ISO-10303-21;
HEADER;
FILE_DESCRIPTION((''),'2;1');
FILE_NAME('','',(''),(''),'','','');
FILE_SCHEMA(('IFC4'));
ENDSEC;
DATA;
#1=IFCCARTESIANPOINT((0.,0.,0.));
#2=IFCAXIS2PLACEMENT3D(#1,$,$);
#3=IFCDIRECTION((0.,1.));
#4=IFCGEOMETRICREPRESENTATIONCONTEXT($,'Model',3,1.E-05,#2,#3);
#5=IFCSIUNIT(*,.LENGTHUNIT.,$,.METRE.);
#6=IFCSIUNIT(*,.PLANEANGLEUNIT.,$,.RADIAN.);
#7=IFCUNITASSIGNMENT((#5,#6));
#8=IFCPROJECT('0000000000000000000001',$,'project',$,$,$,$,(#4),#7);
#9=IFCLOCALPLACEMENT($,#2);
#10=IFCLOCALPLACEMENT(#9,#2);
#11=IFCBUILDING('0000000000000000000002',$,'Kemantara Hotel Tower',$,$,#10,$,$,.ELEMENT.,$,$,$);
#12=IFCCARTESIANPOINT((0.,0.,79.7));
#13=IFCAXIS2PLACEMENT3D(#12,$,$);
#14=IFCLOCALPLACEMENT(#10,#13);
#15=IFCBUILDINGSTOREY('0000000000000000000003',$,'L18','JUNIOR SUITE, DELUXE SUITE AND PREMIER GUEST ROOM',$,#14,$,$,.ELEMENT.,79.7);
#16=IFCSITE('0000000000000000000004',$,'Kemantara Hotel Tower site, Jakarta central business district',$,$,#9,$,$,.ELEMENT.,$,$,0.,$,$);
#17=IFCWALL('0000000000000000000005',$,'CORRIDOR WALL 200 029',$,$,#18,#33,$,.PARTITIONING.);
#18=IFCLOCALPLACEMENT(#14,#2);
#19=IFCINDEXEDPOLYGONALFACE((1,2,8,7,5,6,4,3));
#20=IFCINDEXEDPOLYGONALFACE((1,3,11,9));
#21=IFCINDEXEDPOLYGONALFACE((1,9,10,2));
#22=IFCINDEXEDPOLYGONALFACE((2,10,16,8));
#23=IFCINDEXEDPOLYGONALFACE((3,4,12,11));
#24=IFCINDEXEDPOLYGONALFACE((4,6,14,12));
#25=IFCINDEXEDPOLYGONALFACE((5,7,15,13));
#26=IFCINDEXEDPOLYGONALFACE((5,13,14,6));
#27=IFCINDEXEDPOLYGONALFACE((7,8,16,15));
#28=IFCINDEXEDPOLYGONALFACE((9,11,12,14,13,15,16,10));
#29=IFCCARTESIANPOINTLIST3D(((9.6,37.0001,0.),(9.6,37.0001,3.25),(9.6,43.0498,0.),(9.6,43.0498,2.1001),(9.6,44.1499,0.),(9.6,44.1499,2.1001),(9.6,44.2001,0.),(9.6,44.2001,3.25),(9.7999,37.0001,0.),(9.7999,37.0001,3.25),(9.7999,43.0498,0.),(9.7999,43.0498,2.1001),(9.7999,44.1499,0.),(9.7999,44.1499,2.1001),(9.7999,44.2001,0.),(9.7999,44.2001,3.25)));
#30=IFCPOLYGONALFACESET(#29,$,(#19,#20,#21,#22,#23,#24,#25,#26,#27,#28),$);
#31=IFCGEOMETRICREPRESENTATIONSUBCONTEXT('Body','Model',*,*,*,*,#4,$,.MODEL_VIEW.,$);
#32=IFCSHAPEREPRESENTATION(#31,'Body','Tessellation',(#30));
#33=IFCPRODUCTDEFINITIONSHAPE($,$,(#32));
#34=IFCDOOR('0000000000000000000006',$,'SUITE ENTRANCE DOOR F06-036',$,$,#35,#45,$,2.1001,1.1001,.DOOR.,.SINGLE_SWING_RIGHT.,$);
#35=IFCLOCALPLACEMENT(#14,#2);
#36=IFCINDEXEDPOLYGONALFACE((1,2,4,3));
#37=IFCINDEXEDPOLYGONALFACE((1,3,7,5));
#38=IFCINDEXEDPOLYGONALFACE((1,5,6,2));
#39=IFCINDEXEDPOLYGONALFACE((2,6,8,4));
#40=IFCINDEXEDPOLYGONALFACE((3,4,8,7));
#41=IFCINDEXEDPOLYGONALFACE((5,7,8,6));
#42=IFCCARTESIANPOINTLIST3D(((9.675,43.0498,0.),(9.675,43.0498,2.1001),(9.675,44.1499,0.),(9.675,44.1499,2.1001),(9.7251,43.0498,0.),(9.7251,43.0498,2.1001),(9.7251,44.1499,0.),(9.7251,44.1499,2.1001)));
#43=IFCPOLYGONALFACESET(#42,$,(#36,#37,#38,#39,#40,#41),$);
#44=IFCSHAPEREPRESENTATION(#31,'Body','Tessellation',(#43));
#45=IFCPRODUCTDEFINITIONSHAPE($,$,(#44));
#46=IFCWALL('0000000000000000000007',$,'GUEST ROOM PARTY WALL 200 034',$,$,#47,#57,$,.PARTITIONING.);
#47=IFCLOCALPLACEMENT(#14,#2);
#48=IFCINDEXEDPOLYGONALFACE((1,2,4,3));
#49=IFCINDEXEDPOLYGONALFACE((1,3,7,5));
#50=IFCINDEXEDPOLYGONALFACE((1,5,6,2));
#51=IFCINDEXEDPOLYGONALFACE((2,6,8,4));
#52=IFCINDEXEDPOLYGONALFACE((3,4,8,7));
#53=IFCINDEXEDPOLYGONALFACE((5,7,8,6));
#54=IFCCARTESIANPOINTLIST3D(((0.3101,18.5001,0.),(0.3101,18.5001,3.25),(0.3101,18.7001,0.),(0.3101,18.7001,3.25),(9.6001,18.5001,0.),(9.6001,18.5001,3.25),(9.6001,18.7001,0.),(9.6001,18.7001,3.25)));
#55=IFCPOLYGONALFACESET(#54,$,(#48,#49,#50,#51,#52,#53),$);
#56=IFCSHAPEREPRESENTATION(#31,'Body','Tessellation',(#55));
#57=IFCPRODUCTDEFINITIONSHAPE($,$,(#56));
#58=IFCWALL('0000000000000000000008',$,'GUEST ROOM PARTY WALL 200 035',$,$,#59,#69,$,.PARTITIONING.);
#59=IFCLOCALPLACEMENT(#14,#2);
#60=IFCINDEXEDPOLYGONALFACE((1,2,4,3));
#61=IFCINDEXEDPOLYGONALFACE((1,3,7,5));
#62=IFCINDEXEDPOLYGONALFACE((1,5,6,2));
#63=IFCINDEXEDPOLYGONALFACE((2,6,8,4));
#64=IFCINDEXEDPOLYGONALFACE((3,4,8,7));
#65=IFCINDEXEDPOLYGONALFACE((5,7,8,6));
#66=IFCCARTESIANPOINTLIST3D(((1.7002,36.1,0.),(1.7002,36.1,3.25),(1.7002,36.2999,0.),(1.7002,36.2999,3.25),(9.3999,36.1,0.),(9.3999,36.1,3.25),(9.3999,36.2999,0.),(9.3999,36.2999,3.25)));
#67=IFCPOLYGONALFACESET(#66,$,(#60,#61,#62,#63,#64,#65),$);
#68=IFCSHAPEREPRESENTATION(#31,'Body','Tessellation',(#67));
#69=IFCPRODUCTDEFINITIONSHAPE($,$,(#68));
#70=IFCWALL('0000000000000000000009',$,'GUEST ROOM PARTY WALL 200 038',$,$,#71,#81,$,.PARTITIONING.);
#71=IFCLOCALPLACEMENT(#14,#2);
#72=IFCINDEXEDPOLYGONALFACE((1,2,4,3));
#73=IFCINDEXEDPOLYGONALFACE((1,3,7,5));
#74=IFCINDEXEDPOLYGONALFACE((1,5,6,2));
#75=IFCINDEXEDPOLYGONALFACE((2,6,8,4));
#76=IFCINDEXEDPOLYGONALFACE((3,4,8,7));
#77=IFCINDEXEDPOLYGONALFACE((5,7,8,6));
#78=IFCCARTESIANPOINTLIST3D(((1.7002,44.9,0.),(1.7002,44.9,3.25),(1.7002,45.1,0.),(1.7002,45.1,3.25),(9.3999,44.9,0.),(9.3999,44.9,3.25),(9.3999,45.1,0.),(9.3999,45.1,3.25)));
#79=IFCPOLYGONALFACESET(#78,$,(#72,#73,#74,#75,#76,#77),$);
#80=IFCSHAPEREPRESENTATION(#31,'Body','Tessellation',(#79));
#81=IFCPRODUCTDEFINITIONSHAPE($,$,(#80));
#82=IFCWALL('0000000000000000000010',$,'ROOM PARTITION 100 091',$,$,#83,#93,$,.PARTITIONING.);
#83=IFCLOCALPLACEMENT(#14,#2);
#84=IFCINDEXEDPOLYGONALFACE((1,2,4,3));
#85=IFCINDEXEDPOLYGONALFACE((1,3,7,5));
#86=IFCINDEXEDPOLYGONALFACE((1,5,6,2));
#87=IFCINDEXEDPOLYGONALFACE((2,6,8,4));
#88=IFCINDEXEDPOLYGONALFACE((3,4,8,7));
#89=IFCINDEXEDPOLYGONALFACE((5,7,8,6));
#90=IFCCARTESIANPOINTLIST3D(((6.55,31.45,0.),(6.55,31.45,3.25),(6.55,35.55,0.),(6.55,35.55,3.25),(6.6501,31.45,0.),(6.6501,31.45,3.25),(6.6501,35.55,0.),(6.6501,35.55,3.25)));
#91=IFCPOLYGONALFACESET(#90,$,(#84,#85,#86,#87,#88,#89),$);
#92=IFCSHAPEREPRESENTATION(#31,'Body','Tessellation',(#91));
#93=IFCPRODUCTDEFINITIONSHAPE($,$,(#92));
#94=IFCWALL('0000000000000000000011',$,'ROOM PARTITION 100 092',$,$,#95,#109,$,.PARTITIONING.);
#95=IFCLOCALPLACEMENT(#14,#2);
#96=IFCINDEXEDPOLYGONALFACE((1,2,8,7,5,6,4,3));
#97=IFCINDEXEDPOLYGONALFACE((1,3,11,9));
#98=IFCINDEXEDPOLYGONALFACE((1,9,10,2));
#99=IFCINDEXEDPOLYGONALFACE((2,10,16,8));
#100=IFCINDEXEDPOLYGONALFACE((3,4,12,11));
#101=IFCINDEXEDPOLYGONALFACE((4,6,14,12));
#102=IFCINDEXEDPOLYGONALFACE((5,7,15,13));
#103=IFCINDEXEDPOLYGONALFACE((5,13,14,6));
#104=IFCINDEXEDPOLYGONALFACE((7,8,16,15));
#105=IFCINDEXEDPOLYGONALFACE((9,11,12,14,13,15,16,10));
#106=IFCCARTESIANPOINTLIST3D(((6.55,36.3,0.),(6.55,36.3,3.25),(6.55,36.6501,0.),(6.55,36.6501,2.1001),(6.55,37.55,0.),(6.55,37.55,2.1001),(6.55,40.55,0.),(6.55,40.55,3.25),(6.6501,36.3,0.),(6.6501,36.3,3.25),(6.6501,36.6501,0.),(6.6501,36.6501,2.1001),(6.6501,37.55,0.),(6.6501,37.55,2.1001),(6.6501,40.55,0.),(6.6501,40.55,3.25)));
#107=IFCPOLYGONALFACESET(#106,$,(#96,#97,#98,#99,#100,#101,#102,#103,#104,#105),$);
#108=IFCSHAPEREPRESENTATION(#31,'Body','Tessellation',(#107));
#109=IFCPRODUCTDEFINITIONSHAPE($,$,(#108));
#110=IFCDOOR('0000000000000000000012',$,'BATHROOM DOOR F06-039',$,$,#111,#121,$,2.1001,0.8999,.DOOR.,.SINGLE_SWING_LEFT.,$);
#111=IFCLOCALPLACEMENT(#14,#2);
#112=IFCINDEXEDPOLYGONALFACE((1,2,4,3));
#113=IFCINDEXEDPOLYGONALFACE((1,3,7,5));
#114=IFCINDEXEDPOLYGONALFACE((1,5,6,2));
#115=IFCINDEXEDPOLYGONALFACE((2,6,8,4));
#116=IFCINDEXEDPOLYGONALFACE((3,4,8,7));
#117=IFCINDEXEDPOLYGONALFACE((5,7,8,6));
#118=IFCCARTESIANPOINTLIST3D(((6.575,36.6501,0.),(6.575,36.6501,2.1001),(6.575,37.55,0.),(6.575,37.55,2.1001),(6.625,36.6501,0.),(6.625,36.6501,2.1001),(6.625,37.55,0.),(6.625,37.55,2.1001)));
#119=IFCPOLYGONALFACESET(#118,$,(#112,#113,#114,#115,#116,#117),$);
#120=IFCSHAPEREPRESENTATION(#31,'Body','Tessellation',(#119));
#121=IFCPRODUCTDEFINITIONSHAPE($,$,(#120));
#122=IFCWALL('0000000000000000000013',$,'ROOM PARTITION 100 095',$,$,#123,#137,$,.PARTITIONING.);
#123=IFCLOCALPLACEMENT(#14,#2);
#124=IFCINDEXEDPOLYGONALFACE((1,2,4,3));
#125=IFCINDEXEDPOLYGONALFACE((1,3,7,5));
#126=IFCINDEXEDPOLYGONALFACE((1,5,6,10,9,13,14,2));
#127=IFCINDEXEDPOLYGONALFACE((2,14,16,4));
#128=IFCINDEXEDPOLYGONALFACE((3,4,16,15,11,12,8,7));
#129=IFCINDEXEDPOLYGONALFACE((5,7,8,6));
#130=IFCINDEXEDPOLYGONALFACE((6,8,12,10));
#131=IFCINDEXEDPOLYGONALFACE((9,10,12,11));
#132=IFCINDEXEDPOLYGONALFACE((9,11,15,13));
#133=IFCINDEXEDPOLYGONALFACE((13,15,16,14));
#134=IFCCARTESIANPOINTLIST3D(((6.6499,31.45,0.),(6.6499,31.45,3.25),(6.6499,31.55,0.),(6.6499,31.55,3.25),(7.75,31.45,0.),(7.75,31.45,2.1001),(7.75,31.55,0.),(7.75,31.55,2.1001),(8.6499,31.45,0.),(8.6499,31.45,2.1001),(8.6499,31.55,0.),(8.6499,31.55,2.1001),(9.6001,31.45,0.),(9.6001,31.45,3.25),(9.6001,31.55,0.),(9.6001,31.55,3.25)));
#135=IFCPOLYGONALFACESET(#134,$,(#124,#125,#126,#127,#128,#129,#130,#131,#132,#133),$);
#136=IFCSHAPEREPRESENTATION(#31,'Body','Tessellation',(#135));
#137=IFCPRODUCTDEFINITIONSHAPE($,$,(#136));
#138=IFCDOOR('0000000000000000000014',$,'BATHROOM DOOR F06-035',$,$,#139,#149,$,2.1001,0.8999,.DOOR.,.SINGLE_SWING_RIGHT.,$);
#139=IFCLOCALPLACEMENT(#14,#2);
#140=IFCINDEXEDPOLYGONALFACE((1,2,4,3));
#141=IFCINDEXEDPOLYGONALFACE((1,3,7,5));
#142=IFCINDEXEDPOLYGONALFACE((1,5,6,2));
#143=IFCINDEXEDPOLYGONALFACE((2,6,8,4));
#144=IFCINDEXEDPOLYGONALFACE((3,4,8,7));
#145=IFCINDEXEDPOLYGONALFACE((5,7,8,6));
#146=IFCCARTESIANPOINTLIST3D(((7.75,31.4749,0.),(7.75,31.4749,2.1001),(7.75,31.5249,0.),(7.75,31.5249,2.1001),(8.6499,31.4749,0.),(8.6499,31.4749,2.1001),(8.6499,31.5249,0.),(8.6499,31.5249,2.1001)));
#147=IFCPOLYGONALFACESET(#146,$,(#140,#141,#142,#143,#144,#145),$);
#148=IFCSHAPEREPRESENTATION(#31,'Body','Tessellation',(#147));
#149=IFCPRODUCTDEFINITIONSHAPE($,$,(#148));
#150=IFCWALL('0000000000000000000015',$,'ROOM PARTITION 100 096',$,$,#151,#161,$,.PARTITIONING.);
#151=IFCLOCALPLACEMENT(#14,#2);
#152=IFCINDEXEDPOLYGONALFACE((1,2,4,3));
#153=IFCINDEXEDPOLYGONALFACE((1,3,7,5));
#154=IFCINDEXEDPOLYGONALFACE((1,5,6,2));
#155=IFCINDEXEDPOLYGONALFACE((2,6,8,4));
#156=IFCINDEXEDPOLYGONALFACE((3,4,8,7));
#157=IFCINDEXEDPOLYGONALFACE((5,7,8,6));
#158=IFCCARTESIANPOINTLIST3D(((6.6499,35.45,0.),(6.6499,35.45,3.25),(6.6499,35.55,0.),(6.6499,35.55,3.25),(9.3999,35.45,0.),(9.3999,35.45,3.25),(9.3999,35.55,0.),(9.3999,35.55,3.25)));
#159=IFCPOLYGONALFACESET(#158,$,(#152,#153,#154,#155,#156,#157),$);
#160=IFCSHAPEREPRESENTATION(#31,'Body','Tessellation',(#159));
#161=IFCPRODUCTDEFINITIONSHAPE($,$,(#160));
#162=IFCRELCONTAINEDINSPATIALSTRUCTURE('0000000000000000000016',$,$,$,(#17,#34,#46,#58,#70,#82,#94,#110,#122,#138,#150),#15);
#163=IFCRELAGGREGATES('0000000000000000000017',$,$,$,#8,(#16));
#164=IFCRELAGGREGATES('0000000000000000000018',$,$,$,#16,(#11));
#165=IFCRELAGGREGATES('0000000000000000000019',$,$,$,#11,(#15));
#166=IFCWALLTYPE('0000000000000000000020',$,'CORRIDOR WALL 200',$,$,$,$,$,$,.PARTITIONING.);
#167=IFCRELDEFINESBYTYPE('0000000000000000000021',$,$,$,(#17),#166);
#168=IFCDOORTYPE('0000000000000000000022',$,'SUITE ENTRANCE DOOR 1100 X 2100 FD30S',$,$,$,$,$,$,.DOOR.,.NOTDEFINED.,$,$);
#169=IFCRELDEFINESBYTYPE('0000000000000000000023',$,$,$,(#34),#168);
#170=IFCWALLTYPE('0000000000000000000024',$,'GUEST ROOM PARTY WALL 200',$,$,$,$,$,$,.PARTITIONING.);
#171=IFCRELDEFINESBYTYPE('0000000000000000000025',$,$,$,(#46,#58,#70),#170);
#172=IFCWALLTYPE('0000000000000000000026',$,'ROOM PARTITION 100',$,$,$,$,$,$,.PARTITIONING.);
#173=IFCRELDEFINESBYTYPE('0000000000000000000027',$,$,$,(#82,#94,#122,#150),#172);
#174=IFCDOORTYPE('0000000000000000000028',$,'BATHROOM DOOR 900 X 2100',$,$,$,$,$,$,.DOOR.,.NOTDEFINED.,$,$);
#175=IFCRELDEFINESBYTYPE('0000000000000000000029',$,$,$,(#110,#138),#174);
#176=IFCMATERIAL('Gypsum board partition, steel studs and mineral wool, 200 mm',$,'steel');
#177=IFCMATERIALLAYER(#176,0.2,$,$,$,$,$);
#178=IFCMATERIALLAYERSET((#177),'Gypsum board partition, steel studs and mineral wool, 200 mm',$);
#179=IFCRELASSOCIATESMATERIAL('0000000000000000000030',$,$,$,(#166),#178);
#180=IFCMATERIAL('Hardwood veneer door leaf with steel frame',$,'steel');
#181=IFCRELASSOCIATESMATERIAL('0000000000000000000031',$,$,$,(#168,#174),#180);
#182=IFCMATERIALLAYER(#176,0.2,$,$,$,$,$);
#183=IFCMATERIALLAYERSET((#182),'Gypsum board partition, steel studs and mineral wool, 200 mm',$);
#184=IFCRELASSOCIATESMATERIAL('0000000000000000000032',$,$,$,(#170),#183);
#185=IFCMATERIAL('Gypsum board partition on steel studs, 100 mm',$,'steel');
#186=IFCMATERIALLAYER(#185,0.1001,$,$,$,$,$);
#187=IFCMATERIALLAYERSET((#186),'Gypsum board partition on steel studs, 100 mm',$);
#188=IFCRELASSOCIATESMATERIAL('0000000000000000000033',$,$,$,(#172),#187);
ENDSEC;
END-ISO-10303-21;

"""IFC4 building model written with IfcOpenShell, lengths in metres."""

from ifc_helpers import new_model, si_unit, direction, frame, frame_2d, origin, place, context, subcontext, project, spatial, rectangle, extrude, material, layer, layer_set, type_object, element, fill, save


model = new_model("IFC4")

# Units and contexts
model_context = context("Model", 3, precision=1e-05, world=origin(), true_north=direction((0.0, 1.0)))
body_context = subcontext(model_context, "Body", "Model", "MODEL_VIEW")
ifc_project = project(units=[si_unit("LENGTHUNIT", "METRE"), si_unit("PLANEANGLEUNIT", "RADIAN")], contexts=[model_context])

# Site, building, storey
site_placement = place(None, origin())
site = spatial("IfcSite", under=ifc_project, at=site_placement, Name="Kemantara Hotel Tower site, Jakarta central business district", CompositionType="ELEMENT", RefElevation=0.0)
building_placement = place(site_placement, origin())
building = spatial("IfcBuilding", under=site, at=building_placement, Name="Kemantara Hotel Tower", CompositionType="ELEMENT")
storey_placement = place(building_placement, frame((0.0, 0.0, 79.7)))
storey = spatial("IfcBuildingStorey", under=building, at=storey_placement, Name="L18", Description="JUNIOR SUITE, DELUXE SUITE AND PREMIER GUEST ROOM", CompositionType="ELEMENT", Elevation=79.7)

# Shared definitions
ifc_material_1 = material(Name="Gypsum board partition, steel studs and mineral wool, 200 mm", Category="steel")
ifc_layer_1 = layer(ifc_material_1, 0.2)
ifc_layer_set_1 = layer_set([ifc_layer_1], Name="Gypsum board partition, steel studs and mineral wool, 200 mm")
wall_type_1 = type_object("IfcWallType", Name="CORRIDOR WALL 200", PredefinedType="PARTITIONING", material=ifc_layer_set_1)
ifc_material_2 = material(Name="Hardwood veneer door leaf with steel frame", Category="steel")
door_type_1 = type_object("IfcDoorType", Name="SUITE ENTRANCE DOOR 1100 X 2100 FD30S", OperationType="NOTDEFINED", PredefinedType="DOOR", material=ifc_material_2)

# Wall, opening, door
wall_1_placement = place(storey_placement, frame((9.7, 37.0, 0.0), z_axis=(0.0, 0.0, 1.0), x_axis=(0.0, 1.0, 0.0)))
wall_1 = element("IfcWall", 1, at=wall_1_placement, inside=storey, type_object=wall_type_1, Name="CORRIDOR WALL 200 029", PredefinedType="PARTITIONING", context=body_context, shape_type="SweptSolid", body=[
    extrude(rectangle(XDim=7.2, YDim=0.2, at=frame_2d((3.6001, 0.0))), origin(), (0.0, 0.0, 1.0), 3.25),
])
opening_1_placement = place(wall_1_placement, frame((6.0498, 0.0, 0.0)))
opening_1 = element("IfcOpeningElement", 2, at=opening_1_placement, cuts=wall_1, PredefinedType="OPENING", context=body_context, shape_type="SweptSolid", body=[
    extrude(rectangle(XDim=1.1001, YDim=2.1001, at=frame_2d((0.55, 1.05))), frame((0.0, 0.1099, 0.0), z_axis=(0.0, -1.0, 0.0), x_axis=(1.0, 0.0, 0.0)), (0.0, 0.0, 1.0), 0.22),
])
door_1_placement = place(opening_1_placement, origin())
door_1 = element("IfcDoor", 3, at=door_1_placement, inside=storey, type_object=door_type_1, Name="SUITE ENTRANCE DOOR F06-036", OperationType="SINGLE_SWING_RIGHT", OverallHeight=2.1001, OverallWidth=1.1001, PredefinedType="DOOR", context=body_context, shape_type="SweptSolid", body=[
    extrude(rectangle(XDim=1.1001, YDim=2.1001, at=frame_2d((0.55, 1.05))), frame((0.0, 0.0249, 0.0), z_axis=(0.0, -1.0, 0.0), x_axis=(1.0, 0.0, 0.0)), (0.0, 0.0, 1.0), 0.05),
])
fill(opening_1, door_1)

# Walls
ifc_layer_2 = layer(ifc_material_1, 0.2)
ifc_layer_set_2 = layer_set([ifc_layer_2], Name="Gypsum board partition, steel studs and mineral wool, 200 mm")
wall_type_2 = type_object("IfcWallType", Name="GUEST ROOM PARTY WALL 200", PredefinedType="PARTITIONING", material=ifc_layer_set_2)
wall_2_placement = place(storey_placement, frame((0.3101, 18.6001, 0.0), z_axis=(0.0, 0.0, 1.0), x_axis=(1.0, 0.0, 0.0)))
element("IfcWall", 4, at=wall_2_placement, inside=storey, type_object=wall_type_2, Name="GUEST ROOM PARTY WALL 200 034", PredefinedType="PARTITIONING", context=body_context, shape_type="SweptSolid", body=[
    extrude(rectangle(XDim=9.29, YDim=0.2, at=frame_2d((4.645, 0.0))), origin(), (0.0, 0.0, 1.0), 3.25),
])
for number, where, z_axis, x_axis, name in (
    (5, (1.7002, 36.2, 0.0), (0.0, 0.0, 1.0), (1.0, 0.0, 0.0), "GUEST ROOM PARTY WALL 200 035"),
    (6, (1.7002, 45.0, 0.0), (0.0, 0.0, 1.0), (1.0, 0.0, 0.0), "GUEST ROOM PARTY WALL 200 038"),
):
    element("IfcWall", number, at=place(storey_placement, frame(where, z_axis=z_axis, x_axis=x_axis)), inside=storey, type_object=wall_type_2, Name=name, PredefinedType="PARTITIONING", context=body_context, shape_type="SweptSolid", body=[
        extrude(rectangle(XDim=7.6997, YDim=0.2, at=frame_2d((3.8499, 0.0))), origin(), (0.0, 0.0, 1.0), 3.25),
    ])
ifc_material_3 = material(Name="Gypsum board partition on steel studs, 100 mm", Category="steel")
ifc_layer_3 = layer(ifc_material_3, 0.1001)
ifc_layer_set_3 = layer_set([ifc_layer_3], Name="Gypsum board partition on steel studs, 100 mm")
wall_type_3 = type_object("IfcWallType", Name="ROOM PARTITION 100", PredefinedType="PARTITIONING", material=ifc_layer_set_3)
wall_3_placement = place(storey_placement, frame((6.6001, 31.45, 0.0), z_axis=(0.0, 0.0, 1.0), x_axis=(0.0, 1.0, 0.0)))
element("IfcWall", 7, at=wall_3_placement, inside=storey, type_object=wall_type_3, Name="ROOM PARTITION 100 091", PredefinedType="PARTITIONING", context=body_context, shape_type="SweptSolid", body=[
    extrude(rectangle(XDim=4.1001, YDim=0.1001, at=frame_2d((2.05, 0.0))), origin(), (0.0, 0.0, 1.0), 3.25),
])

# Walls, openings, doors
wall_4_placement = place(storey_placement, frame((6.6001, 40.55, 0.0), z_axis=(0.0, 0.0, 1.0), x_axis=(0.0, -1.0, 0.0)))
wall_4 = element("IfcWall", 8, at=wall_4_placement, inside=storey, type_object=wall_type_3, Name="ROOM PARTITION 100 092", PredefinedType="PARTITIONING", context=body_context, shape_type="SweptSolid", body=[
    extrude(rectangle(XDim=4.25, YDim=0.1001, at=frame_2d((2.125, 0.0))), origin(), (0.0, 0.0, 1.0), 3.25),
])
opening_2_placement = place(wall_4_placement, frame((3.0, 0.0, 0.0)))
opening_2 = element("IfcOpeningElement", 9, at=opening_2_placement, cuts=wall_4, PredefinedType="OPENING", context=body_context, shape_type="SweptSolid", body=[
    extrude(rectangle(XDim=0.8999, YDim=2.1001, at=frame_2d((0.45, 1.05))), frame((0.0, 0.0601, 0.0), z_axis=(0.0, -1.0, 0.0), x_axis=(1.0, 0.0, 0.0)), (0.0, 0.0, 1.0), 0.1201),
])
door_type_2 = type_object("IfcDoorType", Name="BATHROOM DOOR 900 X 2100", OperationType="NOTDEFINED", PredefinedType="DOOR", material=ifc_material_2)
door_2_placement = place(opening_2_placement, origin())
door_2 = element("IfcDoor", 10, at=door_2_placement, inside=storey, type_object=door_type_2, Name="BATHROOM DOOR F06-039", OperationType="SINGLE_SWING_LEFT", OverallHeight=2.1001, OverallWidth=0.8999, PredefinedType="DOOR", context=body_context, shape_type="SweptSolid", body=[
    extrude(rectangle(XDim=0.8999, YDim=2.1001, at=frame_2d((0.45, 1.05))), frame((0.0, 0.0249, 0.0), z_axis=(0.0, -1.0, 0.0), x_axis=(1.0, 0.0, 0.0)), (0.0, 0.0, 1.0), 0.05),
])
fill(opening_2, door_2)
wall_5_placement = place(storey_placement, frame((6.6499, 31.5, 0.0), z_axis=(0.0, 0.0, 1.0), x_axis=(1.0, 0.0, 0.0)))
wall_5 = element("IfcWall", 11, at=wall_5_placement, inside=storey, type_object=wall_type_3, Name="ROOM PARTITION 100 095", PredefinedType="PARTITIONING", context=body_context, shape_type="SweptSolid", body=[
    extrude(rectangle(XDim=2.9502, YDim=0.1001, at=frame_2d((1.4751, 0.0))), origin(), (0.0, 0.0, 1.0), 3.25),
])
opening_3_placement = place(wall_5_placement, frame((1.1001, 0.0, 0.0)))
opening_3 = element("IfcOpeningElement", 12, at=opening_3_placement, cuts=wall_5, PredefinedType="OPENING", context=body_context, shape_type="SweptSolid", body=[
    extrude(rectangle(XDim=0.8999, YDim=2.1001, at=frame_2d((0.45, 1.05))), frame((0.0, 0.0601, 0.0), z_axis=(0.0, -1.0, 0.0), x_axis=(1.0, 0.0, 0.0)), (0.0, 0.0, 1.0), 0.1201),
])
door_3_placement = place(opening_3_placement, origin())
door_3 = element("IfcDoor", 13, at=door_3_placement, inside=storey, type_object=door_type_2, Name="BATHROOM DOOR F06-035", OperationType="SINGLE_SWING_RIGHT", OverallHeight=2.1001, OverallWidth=0.8999, PredefinedType="DOOR", context=body_context, shape_type="SweptSolid", body=[
    extrude(rectangle(XDim=0.8999, YDim=2.1001, at=frame_2d((0.45, 1.05))), frame((0.0, 0.0249, 0.0), z_axis=(0.0, -1.0, 0.0), x_axis=(1.0, 0.0, 0.0)), (0.0, 0.0, 1.0), 0.05),
])
fill(opening_3, door_3)

# Wall
wall_6_placement = place(storey_placement, frame((6.6499, 35.5, 0.0), z_axis=(0.0, 0.0, 1.0), x_axis=(1.0, 0.0, 0.0)))
element("IfcWall", 14, at=wall_6_placement, inside=storey, type_object=wall_type_3, Name="ROOM PARTITION 100 096", PredefinedType="PARTITIONING", context=body_context, shape_type="SweptSolid", body=[
    extrude(rectangle(XDim=2.75, YDim=0.1001, at=frame_2d((1.375, 0.0))), origin(), (0.0, 0.0, 1.0), 3.25),
])

save(model, "model.ifc")
